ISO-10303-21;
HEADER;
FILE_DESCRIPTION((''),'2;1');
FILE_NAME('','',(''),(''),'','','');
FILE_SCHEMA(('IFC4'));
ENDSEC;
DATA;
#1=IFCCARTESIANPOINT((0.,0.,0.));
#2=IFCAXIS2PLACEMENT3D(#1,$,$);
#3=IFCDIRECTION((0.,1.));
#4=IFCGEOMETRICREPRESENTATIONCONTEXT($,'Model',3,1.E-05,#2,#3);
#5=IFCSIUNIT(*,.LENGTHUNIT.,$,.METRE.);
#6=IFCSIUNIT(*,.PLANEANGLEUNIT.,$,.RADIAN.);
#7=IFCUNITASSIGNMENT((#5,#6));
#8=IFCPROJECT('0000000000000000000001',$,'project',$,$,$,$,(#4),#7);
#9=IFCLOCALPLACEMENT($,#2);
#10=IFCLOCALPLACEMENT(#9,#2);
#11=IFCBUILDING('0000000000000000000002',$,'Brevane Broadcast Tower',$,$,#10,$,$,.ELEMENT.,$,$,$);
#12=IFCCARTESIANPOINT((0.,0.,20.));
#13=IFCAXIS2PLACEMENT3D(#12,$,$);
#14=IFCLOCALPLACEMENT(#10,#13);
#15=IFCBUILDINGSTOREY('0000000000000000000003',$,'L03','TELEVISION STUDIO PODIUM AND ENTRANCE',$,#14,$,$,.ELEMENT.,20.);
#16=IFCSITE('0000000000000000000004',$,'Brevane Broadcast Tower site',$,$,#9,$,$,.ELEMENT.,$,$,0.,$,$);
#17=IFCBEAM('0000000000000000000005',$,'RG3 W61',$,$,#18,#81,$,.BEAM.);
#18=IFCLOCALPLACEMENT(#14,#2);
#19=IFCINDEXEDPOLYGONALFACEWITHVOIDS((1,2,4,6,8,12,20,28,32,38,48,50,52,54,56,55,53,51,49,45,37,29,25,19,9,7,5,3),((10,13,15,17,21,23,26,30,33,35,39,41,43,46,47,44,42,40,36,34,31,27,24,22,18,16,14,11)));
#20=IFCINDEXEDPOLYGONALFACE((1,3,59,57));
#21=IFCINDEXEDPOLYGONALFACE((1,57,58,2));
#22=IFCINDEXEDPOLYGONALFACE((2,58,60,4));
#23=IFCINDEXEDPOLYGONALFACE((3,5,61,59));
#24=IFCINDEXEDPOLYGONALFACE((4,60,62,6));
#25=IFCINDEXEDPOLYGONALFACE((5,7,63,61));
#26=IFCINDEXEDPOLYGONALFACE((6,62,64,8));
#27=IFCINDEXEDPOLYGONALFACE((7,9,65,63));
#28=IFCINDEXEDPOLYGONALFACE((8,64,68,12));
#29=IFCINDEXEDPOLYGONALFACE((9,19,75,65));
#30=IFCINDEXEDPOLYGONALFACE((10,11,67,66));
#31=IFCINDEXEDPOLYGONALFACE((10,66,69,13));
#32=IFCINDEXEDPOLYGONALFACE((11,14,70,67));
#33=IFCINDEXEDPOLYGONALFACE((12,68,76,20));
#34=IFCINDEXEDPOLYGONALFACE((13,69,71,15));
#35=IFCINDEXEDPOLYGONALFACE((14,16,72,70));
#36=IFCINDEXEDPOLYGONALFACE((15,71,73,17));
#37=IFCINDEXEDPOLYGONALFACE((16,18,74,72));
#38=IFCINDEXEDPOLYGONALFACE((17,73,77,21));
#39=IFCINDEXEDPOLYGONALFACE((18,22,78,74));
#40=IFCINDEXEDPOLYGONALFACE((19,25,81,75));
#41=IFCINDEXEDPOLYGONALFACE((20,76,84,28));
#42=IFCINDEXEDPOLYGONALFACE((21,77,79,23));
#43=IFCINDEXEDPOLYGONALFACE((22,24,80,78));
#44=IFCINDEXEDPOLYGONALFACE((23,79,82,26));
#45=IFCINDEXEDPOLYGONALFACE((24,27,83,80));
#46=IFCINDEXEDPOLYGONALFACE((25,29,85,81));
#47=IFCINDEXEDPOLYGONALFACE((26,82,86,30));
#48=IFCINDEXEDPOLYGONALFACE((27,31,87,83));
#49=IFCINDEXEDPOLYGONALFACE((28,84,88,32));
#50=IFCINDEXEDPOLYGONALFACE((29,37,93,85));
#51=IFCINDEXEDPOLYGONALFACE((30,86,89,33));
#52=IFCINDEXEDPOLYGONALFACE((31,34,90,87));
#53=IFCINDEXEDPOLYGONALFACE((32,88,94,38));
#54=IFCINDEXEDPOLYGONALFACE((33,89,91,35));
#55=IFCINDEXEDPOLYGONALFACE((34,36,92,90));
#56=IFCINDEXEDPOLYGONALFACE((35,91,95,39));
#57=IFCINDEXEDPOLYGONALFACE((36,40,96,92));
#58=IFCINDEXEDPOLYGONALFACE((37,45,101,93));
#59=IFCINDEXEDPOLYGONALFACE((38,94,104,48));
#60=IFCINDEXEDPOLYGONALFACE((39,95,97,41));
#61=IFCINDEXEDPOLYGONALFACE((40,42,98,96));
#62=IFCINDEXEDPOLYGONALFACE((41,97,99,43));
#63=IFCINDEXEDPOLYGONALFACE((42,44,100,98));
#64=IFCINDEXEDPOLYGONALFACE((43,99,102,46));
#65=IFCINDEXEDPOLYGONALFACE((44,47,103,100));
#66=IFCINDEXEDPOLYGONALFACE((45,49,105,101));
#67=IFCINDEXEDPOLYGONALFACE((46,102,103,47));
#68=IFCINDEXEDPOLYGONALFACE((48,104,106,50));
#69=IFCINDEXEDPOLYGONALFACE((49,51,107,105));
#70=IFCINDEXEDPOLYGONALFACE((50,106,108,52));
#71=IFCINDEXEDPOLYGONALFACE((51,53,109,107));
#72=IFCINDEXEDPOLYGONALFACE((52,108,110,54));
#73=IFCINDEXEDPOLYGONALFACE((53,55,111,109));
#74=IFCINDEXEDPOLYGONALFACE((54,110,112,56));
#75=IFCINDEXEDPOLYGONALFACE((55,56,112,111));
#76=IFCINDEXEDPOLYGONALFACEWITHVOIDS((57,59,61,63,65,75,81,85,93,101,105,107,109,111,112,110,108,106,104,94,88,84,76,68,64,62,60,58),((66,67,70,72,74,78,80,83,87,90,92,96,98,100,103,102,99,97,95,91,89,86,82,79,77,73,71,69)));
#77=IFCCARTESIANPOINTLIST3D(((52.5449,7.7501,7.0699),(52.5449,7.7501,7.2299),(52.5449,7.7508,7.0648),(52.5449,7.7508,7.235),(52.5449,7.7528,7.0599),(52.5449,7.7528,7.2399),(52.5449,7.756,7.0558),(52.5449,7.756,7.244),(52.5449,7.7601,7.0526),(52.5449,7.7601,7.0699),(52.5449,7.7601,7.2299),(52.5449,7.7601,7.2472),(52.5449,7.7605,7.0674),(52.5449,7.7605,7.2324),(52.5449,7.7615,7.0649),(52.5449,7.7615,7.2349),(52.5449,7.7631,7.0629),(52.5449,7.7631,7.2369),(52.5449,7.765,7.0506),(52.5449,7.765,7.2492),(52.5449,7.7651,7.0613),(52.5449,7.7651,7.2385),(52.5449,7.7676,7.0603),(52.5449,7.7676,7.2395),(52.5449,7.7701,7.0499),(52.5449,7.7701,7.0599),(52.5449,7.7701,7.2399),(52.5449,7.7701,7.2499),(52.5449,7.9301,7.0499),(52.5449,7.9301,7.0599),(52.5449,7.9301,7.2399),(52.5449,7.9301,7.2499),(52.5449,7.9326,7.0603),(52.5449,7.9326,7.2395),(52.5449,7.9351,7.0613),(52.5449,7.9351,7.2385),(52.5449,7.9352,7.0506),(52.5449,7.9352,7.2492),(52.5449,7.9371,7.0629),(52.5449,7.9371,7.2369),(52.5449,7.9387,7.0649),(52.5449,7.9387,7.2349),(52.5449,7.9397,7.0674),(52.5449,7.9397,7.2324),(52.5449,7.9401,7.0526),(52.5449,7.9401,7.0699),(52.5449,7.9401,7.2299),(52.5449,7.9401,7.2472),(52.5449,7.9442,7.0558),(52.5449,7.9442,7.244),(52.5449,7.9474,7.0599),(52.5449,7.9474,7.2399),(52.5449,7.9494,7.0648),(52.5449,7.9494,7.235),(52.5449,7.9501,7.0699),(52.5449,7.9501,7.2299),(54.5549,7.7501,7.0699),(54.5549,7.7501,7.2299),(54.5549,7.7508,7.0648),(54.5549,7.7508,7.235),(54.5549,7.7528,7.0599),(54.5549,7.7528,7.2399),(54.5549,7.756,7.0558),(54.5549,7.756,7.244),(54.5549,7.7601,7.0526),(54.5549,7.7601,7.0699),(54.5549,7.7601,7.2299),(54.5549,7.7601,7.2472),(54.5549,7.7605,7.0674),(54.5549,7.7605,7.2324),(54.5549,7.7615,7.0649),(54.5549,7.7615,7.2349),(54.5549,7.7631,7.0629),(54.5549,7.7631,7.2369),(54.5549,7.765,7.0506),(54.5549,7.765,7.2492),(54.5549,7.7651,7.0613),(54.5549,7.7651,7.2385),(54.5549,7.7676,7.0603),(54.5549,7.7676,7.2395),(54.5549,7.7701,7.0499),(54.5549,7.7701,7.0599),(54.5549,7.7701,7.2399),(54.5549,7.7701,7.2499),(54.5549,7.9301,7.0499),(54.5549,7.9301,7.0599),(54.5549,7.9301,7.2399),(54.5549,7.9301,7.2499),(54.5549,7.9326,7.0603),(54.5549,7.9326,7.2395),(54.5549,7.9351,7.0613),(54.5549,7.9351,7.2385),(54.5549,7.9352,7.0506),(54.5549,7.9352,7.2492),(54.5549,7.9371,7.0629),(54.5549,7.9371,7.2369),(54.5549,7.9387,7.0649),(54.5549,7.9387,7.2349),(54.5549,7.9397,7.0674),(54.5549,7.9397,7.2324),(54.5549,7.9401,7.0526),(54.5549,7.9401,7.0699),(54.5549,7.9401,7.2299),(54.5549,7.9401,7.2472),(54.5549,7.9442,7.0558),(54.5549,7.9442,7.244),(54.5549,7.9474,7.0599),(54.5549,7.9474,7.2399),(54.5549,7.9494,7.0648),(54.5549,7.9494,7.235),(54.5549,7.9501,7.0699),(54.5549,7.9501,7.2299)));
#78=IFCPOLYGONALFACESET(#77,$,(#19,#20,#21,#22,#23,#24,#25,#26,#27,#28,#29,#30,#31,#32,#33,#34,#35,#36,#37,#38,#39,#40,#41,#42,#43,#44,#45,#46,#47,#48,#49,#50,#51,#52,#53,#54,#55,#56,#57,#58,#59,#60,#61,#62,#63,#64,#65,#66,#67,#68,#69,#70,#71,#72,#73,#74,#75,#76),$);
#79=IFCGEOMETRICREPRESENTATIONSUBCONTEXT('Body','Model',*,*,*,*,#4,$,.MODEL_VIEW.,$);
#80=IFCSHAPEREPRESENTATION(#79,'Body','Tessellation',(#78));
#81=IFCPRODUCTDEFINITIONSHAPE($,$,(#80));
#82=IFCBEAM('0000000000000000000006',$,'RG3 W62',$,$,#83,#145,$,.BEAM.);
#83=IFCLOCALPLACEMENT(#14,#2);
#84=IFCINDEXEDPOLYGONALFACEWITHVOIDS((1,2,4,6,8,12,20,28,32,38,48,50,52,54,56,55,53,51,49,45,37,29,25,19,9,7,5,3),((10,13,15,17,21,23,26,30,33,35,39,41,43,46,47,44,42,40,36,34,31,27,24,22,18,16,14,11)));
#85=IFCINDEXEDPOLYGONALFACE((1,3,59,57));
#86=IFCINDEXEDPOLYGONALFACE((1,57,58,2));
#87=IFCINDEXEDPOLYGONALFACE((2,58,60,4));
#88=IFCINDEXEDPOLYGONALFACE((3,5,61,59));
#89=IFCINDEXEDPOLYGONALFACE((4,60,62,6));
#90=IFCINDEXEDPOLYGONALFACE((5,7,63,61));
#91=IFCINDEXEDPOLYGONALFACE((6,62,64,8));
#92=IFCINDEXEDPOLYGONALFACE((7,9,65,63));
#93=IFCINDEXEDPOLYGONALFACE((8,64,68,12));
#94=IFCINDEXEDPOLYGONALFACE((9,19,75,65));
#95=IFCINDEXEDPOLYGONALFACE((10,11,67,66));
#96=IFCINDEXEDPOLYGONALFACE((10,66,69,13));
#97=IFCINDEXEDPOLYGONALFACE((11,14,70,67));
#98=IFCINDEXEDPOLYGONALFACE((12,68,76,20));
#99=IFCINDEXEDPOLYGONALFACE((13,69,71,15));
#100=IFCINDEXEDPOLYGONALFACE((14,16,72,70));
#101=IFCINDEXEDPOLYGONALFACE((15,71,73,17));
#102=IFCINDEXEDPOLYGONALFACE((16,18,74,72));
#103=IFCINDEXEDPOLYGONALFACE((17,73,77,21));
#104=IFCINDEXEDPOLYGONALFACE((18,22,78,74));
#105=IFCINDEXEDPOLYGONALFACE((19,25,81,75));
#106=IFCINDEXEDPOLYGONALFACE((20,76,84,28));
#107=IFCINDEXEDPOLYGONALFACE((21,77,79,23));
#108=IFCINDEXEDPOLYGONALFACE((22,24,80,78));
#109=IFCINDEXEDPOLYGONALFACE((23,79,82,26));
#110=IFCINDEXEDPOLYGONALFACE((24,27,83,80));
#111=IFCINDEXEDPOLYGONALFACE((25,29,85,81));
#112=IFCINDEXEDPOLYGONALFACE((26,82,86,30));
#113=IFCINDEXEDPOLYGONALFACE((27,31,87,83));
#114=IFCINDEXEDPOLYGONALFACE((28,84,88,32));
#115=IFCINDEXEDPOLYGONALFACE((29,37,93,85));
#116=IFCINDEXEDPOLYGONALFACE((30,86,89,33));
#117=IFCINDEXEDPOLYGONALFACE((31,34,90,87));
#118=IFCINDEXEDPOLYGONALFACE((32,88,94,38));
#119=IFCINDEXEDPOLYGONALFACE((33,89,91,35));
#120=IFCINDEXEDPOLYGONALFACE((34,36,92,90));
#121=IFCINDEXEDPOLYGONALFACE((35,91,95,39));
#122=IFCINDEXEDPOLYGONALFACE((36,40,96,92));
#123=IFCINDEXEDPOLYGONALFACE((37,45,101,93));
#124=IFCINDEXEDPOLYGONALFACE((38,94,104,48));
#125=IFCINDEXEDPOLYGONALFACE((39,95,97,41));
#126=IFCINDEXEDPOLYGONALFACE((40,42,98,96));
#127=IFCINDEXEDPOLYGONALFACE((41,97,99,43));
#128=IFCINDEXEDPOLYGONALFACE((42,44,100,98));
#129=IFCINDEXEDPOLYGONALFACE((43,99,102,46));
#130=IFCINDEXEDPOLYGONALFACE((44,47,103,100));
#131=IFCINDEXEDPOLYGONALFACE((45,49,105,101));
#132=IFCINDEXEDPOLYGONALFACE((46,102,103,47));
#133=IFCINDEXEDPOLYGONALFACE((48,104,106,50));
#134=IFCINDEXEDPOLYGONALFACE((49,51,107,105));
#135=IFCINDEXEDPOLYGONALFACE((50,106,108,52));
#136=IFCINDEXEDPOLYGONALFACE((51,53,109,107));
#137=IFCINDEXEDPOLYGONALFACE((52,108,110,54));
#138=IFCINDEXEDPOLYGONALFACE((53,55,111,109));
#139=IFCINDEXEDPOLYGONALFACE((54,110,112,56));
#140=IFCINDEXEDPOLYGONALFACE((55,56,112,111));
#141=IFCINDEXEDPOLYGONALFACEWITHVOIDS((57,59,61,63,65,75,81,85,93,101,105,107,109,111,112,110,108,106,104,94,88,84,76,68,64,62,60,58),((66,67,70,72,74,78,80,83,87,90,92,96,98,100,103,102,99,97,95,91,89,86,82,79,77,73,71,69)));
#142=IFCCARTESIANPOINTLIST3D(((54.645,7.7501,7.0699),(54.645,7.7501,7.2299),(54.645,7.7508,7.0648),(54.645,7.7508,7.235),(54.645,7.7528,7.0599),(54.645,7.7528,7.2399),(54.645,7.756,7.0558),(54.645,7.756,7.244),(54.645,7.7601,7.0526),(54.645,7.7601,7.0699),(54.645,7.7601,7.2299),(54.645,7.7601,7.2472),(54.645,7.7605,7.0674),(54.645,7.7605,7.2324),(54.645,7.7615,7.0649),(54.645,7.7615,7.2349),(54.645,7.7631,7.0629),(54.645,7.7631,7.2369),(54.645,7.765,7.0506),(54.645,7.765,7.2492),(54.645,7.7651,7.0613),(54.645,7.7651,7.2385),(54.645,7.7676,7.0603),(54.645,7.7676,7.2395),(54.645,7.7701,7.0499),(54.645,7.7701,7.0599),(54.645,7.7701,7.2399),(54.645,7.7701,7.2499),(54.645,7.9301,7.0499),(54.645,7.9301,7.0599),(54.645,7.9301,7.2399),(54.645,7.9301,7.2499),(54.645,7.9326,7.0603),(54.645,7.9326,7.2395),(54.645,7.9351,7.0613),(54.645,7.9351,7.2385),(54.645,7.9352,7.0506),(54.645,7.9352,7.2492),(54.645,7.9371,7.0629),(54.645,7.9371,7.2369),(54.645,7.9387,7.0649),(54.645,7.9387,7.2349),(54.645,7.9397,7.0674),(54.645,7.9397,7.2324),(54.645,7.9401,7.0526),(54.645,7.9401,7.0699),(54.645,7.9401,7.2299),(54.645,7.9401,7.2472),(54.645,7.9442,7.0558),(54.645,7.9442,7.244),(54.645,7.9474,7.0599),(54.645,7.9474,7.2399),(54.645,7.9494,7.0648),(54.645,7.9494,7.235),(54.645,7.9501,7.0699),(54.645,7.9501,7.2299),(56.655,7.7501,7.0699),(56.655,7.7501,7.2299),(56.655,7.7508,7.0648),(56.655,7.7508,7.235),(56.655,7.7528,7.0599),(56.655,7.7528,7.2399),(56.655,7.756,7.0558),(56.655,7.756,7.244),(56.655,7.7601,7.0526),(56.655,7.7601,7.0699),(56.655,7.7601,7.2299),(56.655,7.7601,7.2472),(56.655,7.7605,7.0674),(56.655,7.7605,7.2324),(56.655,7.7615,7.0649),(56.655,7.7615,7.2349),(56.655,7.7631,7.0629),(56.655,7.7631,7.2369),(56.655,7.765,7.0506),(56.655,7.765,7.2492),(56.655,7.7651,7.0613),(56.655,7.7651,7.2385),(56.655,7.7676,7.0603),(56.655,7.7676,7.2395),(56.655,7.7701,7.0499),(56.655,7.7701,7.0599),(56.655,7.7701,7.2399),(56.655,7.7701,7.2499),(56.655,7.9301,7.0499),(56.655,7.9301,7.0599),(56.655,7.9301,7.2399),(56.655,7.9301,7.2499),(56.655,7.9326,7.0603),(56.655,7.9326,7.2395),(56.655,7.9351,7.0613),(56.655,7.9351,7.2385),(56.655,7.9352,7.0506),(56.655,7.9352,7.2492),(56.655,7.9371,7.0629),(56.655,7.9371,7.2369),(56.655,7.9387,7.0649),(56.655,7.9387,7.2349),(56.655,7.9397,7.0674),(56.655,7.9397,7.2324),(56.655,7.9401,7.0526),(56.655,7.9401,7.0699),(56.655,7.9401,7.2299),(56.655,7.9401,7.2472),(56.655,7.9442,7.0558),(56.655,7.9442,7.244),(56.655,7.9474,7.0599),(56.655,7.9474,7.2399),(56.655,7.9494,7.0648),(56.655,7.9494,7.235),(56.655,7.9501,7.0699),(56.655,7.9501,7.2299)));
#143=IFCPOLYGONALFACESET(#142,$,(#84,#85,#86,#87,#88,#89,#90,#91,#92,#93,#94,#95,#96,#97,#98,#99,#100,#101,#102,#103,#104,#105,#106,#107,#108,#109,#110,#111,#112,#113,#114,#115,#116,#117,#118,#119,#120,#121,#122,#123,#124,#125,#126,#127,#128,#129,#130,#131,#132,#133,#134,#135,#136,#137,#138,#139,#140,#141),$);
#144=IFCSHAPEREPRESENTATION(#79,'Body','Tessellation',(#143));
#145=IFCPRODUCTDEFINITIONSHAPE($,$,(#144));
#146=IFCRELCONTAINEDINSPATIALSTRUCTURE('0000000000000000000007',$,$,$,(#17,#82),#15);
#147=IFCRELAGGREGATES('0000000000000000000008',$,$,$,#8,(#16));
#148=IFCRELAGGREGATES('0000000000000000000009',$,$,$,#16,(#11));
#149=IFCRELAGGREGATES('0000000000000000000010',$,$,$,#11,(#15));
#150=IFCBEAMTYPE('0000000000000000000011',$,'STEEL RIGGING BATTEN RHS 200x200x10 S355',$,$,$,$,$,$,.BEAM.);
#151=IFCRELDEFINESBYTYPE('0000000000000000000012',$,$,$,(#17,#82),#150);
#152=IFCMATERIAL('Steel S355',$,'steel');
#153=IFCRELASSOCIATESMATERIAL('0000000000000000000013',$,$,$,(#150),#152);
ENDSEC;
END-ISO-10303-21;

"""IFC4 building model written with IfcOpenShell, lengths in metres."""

from ifc_helpers import new_model, si_unit, direction, frame, origin, origin_2d, place, context, subcontext, project, spatial, hollow_rectangle, extrude, material, material_profile, profile_set, type_object, element, save


model = new_model("IFC4")

# Units and contexts
model_context = context("Model", 3, precision=1e-05, world=origin(), true_north=direction((0.0, 1.0)))
body_context = subcontext(model_context, "Body", "Model", "MODEL_VIEW")
ifc_project = project(units=[si_unit("LENGTHUNIT", "METRE"), si_unit("PLANEANGLEUNIT", "RADIAN")], contexts=[model_context])

# Site, building, storey
site_placement = place(None, origin())
site = spatial("IfcSite", under=ifc_project, at=site_placement, Name="Brevane Broadcast Tower site", CompositionType="ELEMENT", RefElevation=0.0)
building_placement = place(site_placement, origin())
building = spatial("IfcBuilding", under=site, at=building_placement, Name="Brevane Broadcast Tower", CompositionType="ELEMENT")
storey_placement = place(building_placement, frame((0.0, 0.0, 20.0)))
storey = spatial("IfcBuildingStorey", under=building, at=storey_placement, Name="L03", Description="TELEVISION STUDIO PODIUM AND ENTRANCE", CompositionType="ELEMENT", Elevation=20.0)

# Beams
ifc_material_1 = material(Name="Steel S355", Category="steel")
ifc_material_profile_1 = material_profile(ifc_material_1, hollow_rectangle(XDim=0.2, YDim=0.2, WallThickness=0.01, InnerFilletRadius=0.01, OuterFilletRadius=0.02, at=origin_2d()), Name="RHS 200x200x10")
ifc_profile_set_1 = profile_set([ifc_material_profile_1], Name="Steel S355")
beam_type_1 = type_object("IfcBeamType", Name="STEEL RIGGING BATTEN RHS 200x200x10 S355", PredefinedType="BEAM", material=ifc_profile_set_1)
for number, where, z_axis, x_axis, name in (
    (1, (52.5449, 7.8501, 7.1499), (1.0, 0.0, 0.0), (0.0, 1.0, 0.0), "RG3 W61"),
    (2, (54.645, 7.8501, 7.1499), (1.0, 0.0, 0.0), (0.0, 1.0, 0.0), "RG3 W62"),
):
    element("IfcBeam", number, at=place(storey_placement, frame(where, z_axis=z_axis, x_axis=x_axis)), inside=storey, type_object=beam_type_1, Name=name, PredefinedType="BEAM", context=body_context, shape_type="SweptSolid", body=[
        extrude(hollow_rectangle(XDim=0.2, YDim=0.2, WallThickness=0.01, InnerFilletRadius=0.01, OuterFilletRadius=0.02, at=origin_2d()), origin(), (0.0, 0.0, 1.0), 2.01),
    ])

save(model, "model.ifc")
